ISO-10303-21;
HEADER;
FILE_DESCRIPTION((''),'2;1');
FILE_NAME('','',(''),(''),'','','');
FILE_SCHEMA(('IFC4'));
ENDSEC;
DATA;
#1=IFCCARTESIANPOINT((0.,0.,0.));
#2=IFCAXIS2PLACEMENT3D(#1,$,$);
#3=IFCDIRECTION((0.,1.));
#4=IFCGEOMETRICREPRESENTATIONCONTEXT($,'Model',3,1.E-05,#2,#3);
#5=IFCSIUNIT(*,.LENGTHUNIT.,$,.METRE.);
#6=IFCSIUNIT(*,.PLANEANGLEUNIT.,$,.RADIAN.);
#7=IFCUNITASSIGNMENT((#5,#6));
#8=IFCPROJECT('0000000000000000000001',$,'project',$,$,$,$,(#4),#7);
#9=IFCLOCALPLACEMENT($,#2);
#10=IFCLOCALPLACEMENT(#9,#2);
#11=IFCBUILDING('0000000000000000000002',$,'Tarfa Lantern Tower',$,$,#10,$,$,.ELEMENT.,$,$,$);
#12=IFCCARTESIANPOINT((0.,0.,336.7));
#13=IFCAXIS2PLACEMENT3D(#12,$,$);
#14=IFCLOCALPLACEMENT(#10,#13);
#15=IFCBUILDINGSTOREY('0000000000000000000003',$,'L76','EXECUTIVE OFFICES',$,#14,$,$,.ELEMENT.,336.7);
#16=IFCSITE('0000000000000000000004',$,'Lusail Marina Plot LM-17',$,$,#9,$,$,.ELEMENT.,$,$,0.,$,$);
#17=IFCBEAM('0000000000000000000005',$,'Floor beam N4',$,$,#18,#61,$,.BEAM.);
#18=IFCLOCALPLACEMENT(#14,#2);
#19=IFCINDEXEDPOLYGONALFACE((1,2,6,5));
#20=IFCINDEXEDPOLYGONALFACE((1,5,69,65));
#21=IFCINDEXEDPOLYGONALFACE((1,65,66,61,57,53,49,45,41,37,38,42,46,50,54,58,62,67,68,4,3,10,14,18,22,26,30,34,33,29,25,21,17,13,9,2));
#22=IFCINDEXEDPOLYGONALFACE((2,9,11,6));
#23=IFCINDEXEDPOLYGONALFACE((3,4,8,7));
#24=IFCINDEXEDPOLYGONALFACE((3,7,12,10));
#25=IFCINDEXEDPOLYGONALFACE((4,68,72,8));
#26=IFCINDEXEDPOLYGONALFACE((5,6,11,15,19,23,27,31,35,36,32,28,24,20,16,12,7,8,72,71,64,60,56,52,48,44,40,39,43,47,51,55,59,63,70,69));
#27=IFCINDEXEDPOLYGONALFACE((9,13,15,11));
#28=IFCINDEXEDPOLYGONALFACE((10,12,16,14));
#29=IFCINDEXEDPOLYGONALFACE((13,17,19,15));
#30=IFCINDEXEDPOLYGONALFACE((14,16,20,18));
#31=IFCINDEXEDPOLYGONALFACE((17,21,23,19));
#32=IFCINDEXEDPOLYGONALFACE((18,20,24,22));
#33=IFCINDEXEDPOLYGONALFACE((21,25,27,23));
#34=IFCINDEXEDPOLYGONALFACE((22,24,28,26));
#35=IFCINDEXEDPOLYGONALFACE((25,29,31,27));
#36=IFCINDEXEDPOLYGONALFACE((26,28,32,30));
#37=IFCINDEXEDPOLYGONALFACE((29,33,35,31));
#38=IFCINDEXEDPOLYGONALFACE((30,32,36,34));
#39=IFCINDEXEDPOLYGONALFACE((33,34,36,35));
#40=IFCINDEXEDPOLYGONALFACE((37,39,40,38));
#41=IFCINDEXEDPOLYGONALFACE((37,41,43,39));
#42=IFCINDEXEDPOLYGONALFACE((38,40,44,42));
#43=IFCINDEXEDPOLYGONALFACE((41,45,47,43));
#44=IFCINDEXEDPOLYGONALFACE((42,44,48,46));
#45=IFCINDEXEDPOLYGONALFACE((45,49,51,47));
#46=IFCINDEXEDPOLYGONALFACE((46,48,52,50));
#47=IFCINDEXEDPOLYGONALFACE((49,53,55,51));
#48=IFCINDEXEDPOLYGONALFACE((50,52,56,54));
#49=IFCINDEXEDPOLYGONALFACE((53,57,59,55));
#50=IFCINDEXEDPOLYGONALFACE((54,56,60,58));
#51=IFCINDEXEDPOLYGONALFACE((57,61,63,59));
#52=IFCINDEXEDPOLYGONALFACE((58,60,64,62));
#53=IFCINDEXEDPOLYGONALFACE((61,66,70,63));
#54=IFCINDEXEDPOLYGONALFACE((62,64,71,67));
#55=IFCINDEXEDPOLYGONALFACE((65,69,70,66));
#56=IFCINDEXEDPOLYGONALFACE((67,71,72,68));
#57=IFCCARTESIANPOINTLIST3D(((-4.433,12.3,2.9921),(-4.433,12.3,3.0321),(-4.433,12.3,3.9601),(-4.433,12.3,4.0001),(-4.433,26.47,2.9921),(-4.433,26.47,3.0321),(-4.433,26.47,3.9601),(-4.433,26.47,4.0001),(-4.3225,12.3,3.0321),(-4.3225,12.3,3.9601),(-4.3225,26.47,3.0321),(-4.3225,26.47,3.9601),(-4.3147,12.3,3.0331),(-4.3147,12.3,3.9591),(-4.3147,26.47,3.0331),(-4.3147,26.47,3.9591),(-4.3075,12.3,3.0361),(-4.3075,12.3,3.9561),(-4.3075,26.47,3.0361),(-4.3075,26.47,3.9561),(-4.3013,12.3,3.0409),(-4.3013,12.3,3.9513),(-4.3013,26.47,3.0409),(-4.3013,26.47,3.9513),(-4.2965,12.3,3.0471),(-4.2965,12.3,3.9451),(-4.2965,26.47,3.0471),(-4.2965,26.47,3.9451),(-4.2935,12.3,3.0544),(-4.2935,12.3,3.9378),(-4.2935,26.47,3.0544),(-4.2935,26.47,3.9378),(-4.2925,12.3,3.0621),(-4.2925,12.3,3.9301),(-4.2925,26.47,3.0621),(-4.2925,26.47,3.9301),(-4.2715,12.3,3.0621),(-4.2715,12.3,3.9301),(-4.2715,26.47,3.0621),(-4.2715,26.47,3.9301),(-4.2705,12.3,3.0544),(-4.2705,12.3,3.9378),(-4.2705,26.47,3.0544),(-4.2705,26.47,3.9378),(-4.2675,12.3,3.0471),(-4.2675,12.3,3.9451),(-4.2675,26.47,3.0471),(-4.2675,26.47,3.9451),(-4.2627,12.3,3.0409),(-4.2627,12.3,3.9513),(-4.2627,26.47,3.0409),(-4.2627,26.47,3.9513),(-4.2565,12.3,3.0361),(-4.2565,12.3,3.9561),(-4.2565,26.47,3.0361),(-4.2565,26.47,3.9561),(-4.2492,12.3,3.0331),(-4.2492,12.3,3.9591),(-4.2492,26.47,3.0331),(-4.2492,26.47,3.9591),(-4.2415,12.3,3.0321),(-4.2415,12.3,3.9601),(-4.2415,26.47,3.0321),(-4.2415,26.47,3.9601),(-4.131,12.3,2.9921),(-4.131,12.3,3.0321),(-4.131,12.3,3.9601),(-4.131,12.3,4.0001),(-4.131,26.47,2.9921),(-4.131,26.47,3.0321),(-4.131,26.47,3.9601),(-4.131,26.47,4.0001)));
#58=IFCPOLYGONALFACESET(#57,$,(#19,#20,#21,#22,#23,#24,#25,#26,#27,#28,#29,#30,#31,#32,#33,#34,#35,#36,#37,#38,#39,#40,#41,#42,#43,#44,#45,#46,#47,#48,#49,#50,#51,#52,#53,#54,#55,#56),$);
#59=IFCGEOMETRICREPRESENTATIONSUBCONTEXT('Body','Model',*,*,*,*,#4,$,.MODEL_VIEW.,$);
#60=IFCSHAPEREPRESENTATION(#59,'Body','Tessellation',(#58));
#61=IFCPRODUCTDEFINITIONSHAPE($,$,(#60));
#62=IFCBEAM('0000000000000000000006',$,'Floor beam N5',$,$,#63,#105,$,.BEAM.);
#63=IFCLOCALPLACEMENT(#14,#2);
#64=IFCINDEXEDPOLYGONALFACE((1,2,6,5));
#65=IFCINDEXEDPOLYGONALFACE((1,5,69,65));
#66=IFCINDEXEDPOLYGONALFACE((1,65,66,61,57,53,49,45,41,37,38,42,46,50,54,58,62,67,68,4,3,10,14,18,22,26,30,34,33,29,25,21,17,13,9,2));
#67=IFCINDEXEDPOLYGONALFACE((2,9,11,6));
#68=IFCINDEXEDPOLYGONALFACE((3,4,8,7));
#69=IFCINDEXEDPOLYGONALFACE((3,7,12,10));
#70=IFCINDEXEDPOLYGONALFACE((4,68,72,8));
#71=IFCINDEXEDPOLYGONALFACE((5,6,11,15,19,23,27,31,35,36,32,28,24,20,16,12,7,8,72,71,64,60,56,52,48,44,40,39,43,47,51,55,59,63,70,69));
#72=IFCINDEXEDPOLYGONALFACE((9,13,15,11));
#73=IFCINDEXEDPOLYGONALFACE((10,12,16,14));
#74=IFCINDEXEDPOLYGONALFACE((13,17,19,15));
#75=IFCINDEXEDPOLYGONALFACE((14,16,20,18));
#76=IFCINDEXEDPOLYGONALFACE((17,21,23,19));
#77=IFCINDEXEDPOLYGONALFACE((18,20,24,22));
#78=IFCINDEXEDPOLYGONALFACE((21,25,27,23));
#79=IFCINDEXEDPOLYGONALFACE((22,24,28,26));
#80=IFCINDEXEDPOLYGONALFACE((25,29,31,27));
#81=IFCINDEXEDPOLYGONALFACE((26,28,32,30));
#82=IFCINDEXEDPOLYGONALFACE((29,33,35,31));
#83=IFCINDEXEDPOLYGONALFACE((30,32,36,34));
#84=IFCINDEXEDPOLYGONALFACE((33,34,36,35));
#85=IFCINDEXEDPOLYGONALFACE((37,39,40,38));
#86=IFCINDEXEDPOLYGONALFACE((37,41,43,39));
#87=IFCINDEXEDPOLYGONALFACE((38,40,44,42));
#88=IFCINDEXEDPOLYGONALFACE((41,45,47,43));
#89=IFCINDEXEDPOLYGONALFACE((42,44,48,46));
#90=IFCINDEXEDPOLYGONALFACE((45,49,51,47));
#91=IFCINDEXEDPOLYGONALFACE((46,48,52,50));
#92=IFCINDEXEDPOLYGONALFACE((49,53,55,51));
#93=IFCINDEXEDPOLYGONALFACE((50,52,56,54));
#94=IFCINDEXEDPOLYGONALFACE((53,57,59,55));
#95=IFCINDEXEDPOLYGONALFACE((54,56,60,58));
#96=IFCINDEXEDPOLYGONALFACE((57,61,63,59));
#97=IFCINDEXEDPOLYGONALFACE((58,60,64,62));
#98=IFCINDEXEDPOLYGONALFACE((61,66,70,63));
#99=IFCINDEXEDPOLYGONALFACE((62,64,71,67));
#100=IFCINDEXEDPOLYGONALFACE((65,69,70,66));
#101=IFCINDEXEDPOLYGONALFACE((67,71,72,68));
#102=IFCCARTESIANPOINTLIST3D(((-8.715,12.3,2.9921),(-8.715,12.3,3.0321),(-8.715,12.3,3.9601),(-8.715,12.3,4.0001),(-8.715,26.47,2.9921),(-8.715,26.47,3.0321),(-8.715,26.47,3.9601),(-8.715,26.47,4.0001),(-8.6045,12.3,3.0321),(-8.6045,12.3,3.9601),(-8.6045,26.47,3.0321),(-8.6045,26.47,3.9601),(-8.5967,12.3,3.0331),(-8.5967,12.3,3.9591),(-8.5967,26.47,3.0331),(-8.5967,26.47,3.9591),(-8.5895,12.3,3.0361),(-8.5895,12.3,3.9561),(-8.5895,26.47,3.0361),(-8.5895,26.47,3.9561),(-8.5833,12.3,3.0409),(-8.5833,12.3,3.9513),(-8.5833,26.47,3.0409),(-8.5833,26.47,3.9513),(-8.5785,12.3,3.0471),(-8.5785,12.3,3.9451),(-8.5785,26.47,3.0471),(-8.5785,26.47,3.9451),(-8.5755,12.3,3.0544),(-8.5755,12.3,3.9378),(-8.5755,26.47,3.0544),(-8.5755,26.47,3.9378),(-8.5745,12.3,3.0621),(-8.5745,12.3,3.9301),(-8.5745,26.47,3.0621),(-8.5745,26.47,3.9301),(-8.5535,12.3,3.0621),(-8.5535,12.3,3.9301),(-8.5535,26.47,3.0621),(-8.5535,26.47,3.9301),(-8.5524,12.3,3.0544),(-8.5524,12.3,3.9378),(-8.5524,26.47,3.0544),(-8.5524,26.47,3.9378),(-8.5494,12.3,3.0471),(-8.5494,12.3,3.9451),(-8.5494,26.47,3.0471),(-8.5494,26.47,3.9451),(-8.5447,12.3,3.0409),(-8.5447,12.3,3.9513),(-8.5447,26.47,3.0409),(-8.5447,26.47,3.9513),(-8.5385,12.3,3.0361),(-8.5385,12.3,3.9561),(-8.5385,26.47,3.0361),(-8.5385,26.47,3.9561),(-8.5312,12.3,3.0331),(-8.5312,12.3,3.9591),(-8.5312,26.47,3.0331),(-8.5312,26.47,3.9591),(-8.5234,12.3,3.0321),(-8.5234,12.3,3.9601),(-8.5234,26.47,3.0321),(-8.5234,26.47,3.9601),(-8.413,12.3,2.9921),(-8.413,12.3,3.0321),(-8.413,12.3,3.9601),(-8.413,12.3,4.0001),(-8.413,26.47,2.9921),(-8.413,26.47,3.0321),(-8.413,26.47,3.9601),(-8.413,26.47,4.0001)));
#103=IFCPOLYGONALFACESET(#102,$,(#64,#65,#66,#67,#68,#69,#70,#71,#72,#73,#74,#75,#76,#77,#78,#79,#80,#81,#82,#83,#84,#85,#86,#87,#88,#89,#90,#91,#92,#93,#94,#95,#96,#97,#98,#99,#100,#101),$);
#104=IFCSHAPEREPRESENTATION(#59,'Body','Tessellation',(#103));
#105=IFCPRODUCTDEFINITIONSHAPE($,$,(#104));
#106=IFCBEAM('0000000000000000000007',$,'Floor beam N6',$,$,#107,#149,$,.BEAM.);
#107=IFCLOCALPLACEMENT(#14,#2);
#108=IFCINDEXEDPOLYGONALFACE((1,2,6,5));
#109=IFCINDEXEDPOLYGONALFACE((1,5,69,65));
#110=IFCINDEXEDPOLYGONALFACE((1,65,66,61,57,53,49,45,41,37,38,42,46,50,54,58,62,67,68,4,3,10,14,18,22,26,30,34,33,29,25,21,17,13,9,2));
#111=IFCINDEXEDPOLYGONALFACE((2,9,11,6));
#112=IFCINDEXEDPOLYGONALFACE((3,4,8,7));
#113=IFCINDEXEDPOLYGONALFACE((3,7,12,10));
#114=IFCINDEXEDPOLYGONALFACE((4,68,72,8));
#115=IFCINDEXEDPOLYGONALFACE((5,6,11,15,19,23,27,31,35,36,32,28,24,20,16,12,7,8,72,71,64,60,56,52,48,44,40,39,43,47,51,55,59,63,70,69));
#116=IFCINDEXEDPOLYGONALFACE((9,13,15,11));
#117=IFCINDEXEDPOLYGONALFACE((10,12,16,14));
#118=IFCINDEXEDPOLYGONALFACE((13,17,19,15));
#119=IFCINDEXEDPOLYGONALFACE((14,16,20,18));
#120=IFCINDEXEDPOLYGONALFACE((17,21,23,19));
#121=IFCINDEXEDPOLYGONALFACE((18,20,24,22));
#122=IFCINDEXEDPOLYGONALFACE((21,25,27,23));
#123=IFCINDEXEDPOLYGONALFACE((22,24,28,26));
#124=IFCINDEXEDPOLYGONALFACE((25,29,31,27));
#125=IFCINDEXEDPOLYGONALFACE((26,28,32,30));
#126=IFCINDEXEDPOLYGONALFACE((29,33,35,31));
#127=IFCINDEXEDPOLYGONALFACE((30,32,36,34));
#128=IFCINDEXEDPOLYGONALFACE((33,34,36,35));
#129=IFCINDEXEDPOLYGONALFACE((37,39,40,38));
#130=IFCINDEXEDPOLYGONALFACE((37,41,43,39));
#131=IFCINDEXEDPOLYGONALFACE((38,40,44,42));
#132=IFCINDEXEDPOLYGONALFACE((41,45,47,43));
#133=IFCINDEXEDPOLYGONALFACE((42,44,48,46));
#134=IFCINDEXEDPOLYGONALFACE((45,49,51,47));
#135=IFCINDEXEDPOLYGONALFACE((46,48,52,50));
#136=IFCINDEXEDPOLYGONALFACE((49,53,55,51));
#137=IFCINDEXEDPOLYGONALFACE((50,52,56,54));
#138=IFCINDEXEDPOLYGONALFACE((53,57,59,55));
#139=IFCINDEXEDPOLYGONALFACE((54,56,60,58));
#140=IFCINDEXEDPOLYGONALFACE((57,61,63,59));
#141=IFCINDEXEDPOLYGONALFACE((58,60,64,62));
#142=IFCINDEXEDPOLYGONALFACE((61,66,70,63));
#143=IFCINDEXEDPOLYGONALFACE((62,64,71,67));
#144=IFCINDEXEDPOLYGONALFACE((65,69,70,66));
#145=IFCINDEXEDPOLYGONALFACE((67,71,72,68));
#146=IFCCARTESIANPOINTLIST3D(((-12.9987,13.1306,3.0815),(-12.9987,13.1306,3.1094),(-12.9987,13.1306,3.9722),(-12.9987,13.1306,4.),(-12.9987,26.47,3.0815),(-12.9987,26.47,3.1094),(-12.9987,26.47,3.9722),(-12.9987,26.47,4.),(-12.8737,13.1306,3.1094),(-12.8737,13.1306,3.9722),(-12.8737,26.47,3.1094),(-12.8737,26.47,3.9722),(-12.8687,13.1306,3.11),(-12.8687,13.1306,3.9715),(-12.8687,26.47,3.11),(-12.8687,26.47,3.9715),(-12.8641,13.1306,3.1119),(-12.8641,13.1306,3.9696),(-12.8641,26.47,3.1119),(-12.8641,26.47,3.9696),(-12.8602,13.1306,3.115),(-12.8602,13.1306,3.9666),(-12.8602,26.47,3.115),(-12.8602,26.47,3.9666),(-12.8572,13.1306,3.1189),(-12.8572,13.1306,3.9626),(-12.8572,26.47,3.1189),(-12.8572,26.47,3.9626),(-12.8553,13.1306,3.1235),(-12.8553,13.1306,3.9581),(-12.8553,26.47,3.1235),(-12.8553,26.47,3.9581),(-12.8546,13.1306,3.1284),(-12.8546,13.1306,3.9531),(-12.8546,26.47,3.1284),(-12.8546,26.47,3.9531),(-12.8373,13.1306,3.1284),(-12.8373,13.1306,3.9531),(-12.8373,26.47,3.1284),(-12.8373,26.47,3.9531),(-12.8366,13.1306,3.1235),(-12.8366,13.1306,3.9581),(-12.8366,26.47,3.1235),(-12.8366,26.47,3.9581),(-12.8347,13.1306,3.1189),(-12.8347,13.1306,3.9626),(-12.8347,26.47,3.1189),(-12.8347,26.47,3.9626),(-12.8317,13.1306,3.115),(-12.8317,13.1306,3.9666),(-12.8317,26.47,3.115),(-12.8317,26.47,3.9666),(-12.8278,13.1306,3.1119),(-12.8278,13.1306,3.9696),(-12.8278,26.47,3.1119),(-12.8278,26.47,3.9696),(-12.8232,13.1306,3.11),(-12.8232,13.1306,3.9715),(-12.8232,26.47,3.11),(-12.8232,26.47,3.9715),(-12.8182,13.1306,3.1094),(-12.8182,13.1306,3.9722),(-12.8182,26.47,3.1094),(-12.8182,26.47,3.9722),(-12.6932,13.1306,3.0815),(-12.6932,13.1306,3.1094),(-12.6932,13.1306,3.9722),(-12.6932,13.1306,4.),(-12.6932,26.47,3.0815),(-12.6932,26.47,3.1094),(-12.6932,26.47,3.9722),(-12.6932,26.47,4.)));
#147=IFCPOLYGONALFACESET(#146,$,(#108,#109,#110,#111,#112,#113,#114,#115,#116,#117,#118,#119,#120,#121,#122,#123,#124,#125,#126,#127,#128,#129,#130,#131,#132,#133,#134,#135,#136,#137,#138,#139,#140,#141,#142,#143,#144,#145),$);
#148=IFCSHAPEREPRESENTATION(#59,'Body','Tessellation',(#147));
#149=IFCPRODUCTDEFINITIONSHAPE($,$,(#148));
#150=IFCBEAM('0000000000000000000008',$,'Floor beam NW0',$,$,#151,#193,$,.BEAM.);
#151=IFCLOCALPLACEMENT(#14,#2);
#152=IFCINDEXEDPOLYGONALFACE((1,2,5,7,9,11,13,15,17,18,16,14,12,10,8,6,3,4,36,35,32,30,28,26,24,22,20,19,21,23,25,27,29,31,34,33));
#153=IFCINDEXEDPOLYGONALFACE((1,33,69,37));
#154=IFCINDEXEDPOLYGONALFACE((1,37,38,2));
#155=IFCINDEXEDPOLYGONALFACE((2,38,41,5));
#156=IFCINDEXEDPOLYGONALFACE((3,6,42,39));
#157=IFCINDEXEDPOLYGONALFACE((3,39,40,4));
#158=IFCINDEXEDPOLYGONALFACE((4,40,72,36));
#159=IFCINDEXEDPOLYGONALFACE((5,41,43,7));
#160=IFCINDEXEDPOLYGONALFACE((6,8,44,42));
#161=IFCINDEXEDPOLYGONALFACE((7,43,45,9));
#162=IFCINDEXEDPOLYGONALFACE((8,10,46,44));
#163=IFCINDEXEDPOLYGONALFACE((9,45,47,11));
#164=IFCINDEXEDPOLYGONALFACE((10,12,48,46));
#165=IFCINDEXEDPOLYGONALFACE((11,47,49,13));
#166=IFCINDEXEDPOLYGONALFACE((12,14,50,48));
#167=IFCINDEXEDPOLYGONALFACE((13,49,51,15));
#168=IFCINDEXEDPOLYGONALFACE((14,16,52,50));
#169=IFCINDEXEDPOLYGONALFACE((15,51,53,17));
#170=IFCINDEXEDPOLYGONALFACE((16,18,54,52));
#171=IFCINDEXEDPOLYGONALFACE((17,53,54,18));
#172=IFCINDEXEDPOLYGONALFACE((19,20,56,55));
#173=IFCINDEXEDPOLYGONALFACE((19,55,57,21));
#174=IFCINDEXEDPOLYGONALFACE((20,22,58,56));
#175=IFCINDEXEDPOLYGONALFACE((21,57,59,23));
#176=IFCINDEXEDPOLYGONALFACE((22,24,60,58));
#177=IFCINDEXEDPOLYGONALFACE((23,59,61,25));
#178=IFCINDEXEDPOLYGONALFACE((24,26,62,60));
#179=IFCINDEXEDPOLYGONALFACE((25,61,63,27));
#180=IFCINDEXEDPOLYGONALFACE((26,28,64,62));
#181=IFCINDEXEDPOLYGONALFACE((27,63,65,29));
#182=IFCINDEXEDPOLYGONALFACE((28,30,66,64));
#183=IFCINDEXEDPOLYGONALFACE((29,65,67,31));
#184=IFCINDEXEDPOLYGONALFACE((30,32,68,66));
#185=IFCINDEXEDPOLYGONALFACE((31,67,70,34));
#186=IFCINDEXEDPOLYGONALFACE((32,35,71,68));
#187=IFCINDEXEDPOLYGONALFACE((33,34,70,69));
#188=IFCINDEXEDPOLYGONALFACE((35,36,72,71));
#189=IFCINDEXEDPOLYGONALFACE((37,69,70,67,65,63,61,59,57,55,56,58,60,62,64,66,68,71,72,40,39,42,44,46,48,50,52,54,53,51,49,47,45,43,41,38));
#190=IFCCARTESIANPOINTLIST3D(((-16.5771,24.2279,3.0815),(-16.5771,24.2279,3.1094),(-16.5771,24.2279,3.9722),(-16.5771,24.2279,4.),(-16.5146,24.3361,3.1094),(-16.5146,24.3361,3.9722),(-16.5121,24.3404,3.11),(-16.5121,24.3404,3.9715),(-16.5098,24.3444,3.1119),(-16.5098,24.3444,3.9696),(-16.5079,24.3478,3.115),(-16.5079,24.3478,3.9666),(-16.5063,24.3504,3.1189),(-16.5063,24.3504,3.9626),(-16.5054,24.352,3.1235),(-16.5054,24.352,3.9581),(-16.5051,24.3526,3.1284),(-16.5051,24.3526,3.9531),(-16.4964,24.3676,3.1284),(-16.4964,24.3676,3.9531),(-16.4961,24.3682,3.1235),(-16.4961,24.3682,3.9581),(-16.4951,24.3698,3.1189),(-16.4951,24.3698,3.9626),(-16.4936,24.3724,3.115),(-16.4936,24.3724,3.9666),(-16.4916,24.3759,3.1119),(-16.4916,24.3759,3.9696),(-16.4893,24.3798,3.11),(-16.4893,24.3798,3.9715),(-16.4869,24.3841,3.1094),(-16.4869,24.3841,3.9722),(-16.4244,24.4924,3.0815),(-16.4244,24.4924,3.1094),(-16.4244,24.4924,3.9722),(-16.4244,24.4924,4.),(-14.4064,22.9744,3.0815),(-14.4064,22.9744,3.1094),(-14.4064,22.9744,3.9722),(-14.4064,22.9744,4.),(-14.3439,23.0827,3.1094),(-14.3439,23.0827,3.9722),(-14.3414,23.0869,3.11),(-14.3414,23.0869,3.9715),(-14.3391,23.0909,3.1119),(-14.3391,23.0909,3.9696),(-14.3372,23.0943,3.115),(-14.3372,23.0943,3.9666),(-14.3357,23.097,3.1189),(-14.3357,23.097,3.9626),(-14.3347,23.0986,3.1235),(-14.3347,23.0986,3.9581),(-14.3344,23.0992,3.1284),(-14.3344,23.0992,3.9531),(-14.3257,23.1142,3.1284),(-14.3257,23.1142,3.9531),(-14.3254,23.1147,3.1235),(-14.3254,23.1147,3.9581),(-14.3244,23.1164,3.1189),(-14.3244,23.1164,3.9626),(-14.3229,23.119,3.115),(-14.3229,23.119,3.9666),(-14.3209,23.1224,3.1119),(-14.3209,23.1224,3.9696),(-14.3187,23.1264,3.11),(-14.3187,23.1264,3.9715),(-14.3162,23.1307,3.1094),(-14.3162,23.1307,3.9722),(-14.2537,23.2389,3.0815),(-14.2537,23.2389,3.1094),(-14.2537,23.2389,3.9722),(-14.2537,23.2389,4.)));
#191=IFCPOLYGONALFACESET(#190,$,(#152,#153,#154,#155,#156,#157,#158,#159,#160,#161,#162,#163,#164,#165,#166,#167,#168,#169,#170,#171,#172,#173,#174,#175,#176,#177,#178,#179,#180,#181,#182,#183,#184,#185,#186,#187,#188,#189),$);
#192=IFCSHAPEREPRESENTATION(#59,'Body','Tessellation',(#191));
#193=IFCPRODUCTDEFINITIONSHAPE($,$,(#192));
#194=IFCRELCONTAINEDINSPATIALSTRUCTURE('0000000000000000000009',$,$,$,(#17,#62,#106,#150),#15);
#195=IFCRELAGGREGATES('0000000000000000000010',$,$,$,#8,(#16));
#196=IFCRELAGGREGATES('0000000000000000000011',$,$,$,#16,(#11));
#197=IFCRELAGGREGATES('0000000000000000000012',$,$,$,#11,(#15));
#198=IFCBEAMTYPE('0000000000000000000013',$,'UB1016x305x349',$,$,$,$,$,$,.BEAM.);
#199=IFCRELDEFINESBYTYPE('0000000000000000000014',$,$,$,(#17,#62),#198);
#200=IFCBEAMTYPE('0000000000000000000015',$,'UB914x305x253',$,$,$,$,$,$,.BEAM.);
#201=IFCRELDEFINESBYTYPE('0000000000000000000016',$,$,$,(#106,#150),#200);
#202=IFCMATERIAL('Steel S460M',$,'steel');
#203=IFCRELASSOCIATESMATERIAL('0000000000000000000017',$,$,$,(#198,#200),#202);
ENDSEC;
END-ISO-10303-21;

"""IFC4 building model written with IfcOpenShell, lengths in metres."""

from ifc_helpers import new_model, si_unit, direction, frame, origin, origin_2d, place, context, subcontext, project, spatial, i_section, extrude, material, material_profile, profile_set, type_object, element, save


model = new_model("IFC4")

# Units and contexts
model_context = context("Model", 3, precision=1e-05, world=origin(), true_north=direction((0.0, 1.0)))
body_context = subcontext(model_context, "Body", "Model", "MODEL_VIEW")
ifc_project = project(units=[si_unit("LENGTHUNIT", "METRE"), si_unit("PLANEANGLEUNIT", "RADIAN")], contexts=[model_context])

# Site, building, storey
site_placement = place(None, origin())
site = spatial("IfcSite", under=ifc_project, at=site_placement, Name="Lusail Marina Plot LM-17", CompositionType="ELEMENT", RefElevation=0.0)
building_placement = place(site_placement, origin())
building = spatial("IfcBuilding", under=site, at=building_placement, Name="Tarfa Lantern Tower", CompositionType="ELEMENT")
storey_placement = place(building_placement, frame((0.0, 0.0, 336.7)))
storey = spatial("IfcBuildingStorey", under=building, at=storey_placement, Name="L76", Description="EXECUTIVE OFFICES", CompositionType="ELEMENT", Elevation=336.7)

# Beams
ifc_material_1 = material(Name="Steel S460M", Category="steel")
ifc_material_profile_1 = material_profile(ifc_material_1, i_section(OverallWidth=0.302, OverallDepth=1.0081, WebThickness=0.021, FlangeThickness=0.04, FilletRadius=0.03, at=origin_2d()), Name="UB1016x305x349")
ifc_profile_set_1 = profile_set([ifc_material_profile_1], Name="Steel S460M")
beam_type_1 = type_object("IfcBeamType", Name="UB1016x305x349", PredefinedType="BEAM", material=ifc_profile_set_1)
for number, where, z_axis, x_axis, name in (
    (1, (-4.282, 26.47, 3.4961), (0.0, -1.0, 0.0), (1.0, 0.0, 0.0), "Floor beam N4"),
    (2, (-8.564, 26.47, 3.4961), (0.0, -1.0, 0.0), (1.0, 0.0, 0.0), "Floor beam N5"),
):
    element("IfcBeam", number, at=place(storey_placement, frame(where, z_axis=z_axis, x_axis=x_axis)), inside=storey, type_object=beam_type_1, Name=name, PredefinedType="BEAM", context=body_context, shape_type="SweptSolid", body=[
        extrude(i_section(OverallWidth=0.302, OverallDepth=1.0081, WebThickness=0.021, FlangeThickness=0.04, FilletRadius=0.03, at=origin_2d()), origin(), (0.0, 0.0, 1.0), 14.1699),
    ])
ifc_material_profile_2 = material_profile(ifc_material_1, i_section(OverallWidth=0.3054, OverallDepth=0.9185, WebThickness=0.0173, FlangeThickness=0.0278, FilletRadius=0.019, at=origin_2d()), Name="UB914x305x253")
ifc_profile_set_2 = profile_set([ifc_material_profile_2], Name="Steel S460M")
beam_type_2 = type_object("IfcBeamType", Name="UB914x305x253", PredefinedType="BEAM", material=ifc_profile_set_2)
beam_1_placement = place(storey_placement, frame((-12.8459, 26.47, 3.5408), z_axis=(0.0, -1.0, 0.0), x_axis=(1.0, 0.0, 0.0)))
element("IfcBeam", 3, at=beam_1_placement, inside=storey, type_object=beam_type_2, Name="Floor beam N6", PredefinedType="BEAM", context=body_context, shape_type="SweptSolid", body=[
    extrude(i_section(OverallWidth=0.3054, OverallDepth=0.9185, WebThickness=0.0173, FlangeThickness=0.0278, FilletRadius=0.019, at=origin_2d()), origin(), (0.0, 0.0, 1.0), 13.3394),
])
beam_2_placement = place(storey_placement, frame((-16.5007, 24.3601, 3.5408), z_axis=(0.865993, -0.500057, 0.0), x_axis=(0.500057, 0.865993, 0.0)))
element("IfcBeam", 4, at=beam_2_placement, inside=storey, type_object=beam_type_2, Name="Floor beam NW0", PredefinedType="BEAM", context=body_context, shape_type="SweptSolid", body=[
    extrude(i_section(OverallWidth=0.3054, OverallDepth=0.9185, WebThickness=0.0173, FlangeThickness=0.0278, FilletRadius=0.019, at=origin_2d()), origin(), (0.0, 0.0, 1.0), 2.5066),
])

save(model, "model.ifc")
